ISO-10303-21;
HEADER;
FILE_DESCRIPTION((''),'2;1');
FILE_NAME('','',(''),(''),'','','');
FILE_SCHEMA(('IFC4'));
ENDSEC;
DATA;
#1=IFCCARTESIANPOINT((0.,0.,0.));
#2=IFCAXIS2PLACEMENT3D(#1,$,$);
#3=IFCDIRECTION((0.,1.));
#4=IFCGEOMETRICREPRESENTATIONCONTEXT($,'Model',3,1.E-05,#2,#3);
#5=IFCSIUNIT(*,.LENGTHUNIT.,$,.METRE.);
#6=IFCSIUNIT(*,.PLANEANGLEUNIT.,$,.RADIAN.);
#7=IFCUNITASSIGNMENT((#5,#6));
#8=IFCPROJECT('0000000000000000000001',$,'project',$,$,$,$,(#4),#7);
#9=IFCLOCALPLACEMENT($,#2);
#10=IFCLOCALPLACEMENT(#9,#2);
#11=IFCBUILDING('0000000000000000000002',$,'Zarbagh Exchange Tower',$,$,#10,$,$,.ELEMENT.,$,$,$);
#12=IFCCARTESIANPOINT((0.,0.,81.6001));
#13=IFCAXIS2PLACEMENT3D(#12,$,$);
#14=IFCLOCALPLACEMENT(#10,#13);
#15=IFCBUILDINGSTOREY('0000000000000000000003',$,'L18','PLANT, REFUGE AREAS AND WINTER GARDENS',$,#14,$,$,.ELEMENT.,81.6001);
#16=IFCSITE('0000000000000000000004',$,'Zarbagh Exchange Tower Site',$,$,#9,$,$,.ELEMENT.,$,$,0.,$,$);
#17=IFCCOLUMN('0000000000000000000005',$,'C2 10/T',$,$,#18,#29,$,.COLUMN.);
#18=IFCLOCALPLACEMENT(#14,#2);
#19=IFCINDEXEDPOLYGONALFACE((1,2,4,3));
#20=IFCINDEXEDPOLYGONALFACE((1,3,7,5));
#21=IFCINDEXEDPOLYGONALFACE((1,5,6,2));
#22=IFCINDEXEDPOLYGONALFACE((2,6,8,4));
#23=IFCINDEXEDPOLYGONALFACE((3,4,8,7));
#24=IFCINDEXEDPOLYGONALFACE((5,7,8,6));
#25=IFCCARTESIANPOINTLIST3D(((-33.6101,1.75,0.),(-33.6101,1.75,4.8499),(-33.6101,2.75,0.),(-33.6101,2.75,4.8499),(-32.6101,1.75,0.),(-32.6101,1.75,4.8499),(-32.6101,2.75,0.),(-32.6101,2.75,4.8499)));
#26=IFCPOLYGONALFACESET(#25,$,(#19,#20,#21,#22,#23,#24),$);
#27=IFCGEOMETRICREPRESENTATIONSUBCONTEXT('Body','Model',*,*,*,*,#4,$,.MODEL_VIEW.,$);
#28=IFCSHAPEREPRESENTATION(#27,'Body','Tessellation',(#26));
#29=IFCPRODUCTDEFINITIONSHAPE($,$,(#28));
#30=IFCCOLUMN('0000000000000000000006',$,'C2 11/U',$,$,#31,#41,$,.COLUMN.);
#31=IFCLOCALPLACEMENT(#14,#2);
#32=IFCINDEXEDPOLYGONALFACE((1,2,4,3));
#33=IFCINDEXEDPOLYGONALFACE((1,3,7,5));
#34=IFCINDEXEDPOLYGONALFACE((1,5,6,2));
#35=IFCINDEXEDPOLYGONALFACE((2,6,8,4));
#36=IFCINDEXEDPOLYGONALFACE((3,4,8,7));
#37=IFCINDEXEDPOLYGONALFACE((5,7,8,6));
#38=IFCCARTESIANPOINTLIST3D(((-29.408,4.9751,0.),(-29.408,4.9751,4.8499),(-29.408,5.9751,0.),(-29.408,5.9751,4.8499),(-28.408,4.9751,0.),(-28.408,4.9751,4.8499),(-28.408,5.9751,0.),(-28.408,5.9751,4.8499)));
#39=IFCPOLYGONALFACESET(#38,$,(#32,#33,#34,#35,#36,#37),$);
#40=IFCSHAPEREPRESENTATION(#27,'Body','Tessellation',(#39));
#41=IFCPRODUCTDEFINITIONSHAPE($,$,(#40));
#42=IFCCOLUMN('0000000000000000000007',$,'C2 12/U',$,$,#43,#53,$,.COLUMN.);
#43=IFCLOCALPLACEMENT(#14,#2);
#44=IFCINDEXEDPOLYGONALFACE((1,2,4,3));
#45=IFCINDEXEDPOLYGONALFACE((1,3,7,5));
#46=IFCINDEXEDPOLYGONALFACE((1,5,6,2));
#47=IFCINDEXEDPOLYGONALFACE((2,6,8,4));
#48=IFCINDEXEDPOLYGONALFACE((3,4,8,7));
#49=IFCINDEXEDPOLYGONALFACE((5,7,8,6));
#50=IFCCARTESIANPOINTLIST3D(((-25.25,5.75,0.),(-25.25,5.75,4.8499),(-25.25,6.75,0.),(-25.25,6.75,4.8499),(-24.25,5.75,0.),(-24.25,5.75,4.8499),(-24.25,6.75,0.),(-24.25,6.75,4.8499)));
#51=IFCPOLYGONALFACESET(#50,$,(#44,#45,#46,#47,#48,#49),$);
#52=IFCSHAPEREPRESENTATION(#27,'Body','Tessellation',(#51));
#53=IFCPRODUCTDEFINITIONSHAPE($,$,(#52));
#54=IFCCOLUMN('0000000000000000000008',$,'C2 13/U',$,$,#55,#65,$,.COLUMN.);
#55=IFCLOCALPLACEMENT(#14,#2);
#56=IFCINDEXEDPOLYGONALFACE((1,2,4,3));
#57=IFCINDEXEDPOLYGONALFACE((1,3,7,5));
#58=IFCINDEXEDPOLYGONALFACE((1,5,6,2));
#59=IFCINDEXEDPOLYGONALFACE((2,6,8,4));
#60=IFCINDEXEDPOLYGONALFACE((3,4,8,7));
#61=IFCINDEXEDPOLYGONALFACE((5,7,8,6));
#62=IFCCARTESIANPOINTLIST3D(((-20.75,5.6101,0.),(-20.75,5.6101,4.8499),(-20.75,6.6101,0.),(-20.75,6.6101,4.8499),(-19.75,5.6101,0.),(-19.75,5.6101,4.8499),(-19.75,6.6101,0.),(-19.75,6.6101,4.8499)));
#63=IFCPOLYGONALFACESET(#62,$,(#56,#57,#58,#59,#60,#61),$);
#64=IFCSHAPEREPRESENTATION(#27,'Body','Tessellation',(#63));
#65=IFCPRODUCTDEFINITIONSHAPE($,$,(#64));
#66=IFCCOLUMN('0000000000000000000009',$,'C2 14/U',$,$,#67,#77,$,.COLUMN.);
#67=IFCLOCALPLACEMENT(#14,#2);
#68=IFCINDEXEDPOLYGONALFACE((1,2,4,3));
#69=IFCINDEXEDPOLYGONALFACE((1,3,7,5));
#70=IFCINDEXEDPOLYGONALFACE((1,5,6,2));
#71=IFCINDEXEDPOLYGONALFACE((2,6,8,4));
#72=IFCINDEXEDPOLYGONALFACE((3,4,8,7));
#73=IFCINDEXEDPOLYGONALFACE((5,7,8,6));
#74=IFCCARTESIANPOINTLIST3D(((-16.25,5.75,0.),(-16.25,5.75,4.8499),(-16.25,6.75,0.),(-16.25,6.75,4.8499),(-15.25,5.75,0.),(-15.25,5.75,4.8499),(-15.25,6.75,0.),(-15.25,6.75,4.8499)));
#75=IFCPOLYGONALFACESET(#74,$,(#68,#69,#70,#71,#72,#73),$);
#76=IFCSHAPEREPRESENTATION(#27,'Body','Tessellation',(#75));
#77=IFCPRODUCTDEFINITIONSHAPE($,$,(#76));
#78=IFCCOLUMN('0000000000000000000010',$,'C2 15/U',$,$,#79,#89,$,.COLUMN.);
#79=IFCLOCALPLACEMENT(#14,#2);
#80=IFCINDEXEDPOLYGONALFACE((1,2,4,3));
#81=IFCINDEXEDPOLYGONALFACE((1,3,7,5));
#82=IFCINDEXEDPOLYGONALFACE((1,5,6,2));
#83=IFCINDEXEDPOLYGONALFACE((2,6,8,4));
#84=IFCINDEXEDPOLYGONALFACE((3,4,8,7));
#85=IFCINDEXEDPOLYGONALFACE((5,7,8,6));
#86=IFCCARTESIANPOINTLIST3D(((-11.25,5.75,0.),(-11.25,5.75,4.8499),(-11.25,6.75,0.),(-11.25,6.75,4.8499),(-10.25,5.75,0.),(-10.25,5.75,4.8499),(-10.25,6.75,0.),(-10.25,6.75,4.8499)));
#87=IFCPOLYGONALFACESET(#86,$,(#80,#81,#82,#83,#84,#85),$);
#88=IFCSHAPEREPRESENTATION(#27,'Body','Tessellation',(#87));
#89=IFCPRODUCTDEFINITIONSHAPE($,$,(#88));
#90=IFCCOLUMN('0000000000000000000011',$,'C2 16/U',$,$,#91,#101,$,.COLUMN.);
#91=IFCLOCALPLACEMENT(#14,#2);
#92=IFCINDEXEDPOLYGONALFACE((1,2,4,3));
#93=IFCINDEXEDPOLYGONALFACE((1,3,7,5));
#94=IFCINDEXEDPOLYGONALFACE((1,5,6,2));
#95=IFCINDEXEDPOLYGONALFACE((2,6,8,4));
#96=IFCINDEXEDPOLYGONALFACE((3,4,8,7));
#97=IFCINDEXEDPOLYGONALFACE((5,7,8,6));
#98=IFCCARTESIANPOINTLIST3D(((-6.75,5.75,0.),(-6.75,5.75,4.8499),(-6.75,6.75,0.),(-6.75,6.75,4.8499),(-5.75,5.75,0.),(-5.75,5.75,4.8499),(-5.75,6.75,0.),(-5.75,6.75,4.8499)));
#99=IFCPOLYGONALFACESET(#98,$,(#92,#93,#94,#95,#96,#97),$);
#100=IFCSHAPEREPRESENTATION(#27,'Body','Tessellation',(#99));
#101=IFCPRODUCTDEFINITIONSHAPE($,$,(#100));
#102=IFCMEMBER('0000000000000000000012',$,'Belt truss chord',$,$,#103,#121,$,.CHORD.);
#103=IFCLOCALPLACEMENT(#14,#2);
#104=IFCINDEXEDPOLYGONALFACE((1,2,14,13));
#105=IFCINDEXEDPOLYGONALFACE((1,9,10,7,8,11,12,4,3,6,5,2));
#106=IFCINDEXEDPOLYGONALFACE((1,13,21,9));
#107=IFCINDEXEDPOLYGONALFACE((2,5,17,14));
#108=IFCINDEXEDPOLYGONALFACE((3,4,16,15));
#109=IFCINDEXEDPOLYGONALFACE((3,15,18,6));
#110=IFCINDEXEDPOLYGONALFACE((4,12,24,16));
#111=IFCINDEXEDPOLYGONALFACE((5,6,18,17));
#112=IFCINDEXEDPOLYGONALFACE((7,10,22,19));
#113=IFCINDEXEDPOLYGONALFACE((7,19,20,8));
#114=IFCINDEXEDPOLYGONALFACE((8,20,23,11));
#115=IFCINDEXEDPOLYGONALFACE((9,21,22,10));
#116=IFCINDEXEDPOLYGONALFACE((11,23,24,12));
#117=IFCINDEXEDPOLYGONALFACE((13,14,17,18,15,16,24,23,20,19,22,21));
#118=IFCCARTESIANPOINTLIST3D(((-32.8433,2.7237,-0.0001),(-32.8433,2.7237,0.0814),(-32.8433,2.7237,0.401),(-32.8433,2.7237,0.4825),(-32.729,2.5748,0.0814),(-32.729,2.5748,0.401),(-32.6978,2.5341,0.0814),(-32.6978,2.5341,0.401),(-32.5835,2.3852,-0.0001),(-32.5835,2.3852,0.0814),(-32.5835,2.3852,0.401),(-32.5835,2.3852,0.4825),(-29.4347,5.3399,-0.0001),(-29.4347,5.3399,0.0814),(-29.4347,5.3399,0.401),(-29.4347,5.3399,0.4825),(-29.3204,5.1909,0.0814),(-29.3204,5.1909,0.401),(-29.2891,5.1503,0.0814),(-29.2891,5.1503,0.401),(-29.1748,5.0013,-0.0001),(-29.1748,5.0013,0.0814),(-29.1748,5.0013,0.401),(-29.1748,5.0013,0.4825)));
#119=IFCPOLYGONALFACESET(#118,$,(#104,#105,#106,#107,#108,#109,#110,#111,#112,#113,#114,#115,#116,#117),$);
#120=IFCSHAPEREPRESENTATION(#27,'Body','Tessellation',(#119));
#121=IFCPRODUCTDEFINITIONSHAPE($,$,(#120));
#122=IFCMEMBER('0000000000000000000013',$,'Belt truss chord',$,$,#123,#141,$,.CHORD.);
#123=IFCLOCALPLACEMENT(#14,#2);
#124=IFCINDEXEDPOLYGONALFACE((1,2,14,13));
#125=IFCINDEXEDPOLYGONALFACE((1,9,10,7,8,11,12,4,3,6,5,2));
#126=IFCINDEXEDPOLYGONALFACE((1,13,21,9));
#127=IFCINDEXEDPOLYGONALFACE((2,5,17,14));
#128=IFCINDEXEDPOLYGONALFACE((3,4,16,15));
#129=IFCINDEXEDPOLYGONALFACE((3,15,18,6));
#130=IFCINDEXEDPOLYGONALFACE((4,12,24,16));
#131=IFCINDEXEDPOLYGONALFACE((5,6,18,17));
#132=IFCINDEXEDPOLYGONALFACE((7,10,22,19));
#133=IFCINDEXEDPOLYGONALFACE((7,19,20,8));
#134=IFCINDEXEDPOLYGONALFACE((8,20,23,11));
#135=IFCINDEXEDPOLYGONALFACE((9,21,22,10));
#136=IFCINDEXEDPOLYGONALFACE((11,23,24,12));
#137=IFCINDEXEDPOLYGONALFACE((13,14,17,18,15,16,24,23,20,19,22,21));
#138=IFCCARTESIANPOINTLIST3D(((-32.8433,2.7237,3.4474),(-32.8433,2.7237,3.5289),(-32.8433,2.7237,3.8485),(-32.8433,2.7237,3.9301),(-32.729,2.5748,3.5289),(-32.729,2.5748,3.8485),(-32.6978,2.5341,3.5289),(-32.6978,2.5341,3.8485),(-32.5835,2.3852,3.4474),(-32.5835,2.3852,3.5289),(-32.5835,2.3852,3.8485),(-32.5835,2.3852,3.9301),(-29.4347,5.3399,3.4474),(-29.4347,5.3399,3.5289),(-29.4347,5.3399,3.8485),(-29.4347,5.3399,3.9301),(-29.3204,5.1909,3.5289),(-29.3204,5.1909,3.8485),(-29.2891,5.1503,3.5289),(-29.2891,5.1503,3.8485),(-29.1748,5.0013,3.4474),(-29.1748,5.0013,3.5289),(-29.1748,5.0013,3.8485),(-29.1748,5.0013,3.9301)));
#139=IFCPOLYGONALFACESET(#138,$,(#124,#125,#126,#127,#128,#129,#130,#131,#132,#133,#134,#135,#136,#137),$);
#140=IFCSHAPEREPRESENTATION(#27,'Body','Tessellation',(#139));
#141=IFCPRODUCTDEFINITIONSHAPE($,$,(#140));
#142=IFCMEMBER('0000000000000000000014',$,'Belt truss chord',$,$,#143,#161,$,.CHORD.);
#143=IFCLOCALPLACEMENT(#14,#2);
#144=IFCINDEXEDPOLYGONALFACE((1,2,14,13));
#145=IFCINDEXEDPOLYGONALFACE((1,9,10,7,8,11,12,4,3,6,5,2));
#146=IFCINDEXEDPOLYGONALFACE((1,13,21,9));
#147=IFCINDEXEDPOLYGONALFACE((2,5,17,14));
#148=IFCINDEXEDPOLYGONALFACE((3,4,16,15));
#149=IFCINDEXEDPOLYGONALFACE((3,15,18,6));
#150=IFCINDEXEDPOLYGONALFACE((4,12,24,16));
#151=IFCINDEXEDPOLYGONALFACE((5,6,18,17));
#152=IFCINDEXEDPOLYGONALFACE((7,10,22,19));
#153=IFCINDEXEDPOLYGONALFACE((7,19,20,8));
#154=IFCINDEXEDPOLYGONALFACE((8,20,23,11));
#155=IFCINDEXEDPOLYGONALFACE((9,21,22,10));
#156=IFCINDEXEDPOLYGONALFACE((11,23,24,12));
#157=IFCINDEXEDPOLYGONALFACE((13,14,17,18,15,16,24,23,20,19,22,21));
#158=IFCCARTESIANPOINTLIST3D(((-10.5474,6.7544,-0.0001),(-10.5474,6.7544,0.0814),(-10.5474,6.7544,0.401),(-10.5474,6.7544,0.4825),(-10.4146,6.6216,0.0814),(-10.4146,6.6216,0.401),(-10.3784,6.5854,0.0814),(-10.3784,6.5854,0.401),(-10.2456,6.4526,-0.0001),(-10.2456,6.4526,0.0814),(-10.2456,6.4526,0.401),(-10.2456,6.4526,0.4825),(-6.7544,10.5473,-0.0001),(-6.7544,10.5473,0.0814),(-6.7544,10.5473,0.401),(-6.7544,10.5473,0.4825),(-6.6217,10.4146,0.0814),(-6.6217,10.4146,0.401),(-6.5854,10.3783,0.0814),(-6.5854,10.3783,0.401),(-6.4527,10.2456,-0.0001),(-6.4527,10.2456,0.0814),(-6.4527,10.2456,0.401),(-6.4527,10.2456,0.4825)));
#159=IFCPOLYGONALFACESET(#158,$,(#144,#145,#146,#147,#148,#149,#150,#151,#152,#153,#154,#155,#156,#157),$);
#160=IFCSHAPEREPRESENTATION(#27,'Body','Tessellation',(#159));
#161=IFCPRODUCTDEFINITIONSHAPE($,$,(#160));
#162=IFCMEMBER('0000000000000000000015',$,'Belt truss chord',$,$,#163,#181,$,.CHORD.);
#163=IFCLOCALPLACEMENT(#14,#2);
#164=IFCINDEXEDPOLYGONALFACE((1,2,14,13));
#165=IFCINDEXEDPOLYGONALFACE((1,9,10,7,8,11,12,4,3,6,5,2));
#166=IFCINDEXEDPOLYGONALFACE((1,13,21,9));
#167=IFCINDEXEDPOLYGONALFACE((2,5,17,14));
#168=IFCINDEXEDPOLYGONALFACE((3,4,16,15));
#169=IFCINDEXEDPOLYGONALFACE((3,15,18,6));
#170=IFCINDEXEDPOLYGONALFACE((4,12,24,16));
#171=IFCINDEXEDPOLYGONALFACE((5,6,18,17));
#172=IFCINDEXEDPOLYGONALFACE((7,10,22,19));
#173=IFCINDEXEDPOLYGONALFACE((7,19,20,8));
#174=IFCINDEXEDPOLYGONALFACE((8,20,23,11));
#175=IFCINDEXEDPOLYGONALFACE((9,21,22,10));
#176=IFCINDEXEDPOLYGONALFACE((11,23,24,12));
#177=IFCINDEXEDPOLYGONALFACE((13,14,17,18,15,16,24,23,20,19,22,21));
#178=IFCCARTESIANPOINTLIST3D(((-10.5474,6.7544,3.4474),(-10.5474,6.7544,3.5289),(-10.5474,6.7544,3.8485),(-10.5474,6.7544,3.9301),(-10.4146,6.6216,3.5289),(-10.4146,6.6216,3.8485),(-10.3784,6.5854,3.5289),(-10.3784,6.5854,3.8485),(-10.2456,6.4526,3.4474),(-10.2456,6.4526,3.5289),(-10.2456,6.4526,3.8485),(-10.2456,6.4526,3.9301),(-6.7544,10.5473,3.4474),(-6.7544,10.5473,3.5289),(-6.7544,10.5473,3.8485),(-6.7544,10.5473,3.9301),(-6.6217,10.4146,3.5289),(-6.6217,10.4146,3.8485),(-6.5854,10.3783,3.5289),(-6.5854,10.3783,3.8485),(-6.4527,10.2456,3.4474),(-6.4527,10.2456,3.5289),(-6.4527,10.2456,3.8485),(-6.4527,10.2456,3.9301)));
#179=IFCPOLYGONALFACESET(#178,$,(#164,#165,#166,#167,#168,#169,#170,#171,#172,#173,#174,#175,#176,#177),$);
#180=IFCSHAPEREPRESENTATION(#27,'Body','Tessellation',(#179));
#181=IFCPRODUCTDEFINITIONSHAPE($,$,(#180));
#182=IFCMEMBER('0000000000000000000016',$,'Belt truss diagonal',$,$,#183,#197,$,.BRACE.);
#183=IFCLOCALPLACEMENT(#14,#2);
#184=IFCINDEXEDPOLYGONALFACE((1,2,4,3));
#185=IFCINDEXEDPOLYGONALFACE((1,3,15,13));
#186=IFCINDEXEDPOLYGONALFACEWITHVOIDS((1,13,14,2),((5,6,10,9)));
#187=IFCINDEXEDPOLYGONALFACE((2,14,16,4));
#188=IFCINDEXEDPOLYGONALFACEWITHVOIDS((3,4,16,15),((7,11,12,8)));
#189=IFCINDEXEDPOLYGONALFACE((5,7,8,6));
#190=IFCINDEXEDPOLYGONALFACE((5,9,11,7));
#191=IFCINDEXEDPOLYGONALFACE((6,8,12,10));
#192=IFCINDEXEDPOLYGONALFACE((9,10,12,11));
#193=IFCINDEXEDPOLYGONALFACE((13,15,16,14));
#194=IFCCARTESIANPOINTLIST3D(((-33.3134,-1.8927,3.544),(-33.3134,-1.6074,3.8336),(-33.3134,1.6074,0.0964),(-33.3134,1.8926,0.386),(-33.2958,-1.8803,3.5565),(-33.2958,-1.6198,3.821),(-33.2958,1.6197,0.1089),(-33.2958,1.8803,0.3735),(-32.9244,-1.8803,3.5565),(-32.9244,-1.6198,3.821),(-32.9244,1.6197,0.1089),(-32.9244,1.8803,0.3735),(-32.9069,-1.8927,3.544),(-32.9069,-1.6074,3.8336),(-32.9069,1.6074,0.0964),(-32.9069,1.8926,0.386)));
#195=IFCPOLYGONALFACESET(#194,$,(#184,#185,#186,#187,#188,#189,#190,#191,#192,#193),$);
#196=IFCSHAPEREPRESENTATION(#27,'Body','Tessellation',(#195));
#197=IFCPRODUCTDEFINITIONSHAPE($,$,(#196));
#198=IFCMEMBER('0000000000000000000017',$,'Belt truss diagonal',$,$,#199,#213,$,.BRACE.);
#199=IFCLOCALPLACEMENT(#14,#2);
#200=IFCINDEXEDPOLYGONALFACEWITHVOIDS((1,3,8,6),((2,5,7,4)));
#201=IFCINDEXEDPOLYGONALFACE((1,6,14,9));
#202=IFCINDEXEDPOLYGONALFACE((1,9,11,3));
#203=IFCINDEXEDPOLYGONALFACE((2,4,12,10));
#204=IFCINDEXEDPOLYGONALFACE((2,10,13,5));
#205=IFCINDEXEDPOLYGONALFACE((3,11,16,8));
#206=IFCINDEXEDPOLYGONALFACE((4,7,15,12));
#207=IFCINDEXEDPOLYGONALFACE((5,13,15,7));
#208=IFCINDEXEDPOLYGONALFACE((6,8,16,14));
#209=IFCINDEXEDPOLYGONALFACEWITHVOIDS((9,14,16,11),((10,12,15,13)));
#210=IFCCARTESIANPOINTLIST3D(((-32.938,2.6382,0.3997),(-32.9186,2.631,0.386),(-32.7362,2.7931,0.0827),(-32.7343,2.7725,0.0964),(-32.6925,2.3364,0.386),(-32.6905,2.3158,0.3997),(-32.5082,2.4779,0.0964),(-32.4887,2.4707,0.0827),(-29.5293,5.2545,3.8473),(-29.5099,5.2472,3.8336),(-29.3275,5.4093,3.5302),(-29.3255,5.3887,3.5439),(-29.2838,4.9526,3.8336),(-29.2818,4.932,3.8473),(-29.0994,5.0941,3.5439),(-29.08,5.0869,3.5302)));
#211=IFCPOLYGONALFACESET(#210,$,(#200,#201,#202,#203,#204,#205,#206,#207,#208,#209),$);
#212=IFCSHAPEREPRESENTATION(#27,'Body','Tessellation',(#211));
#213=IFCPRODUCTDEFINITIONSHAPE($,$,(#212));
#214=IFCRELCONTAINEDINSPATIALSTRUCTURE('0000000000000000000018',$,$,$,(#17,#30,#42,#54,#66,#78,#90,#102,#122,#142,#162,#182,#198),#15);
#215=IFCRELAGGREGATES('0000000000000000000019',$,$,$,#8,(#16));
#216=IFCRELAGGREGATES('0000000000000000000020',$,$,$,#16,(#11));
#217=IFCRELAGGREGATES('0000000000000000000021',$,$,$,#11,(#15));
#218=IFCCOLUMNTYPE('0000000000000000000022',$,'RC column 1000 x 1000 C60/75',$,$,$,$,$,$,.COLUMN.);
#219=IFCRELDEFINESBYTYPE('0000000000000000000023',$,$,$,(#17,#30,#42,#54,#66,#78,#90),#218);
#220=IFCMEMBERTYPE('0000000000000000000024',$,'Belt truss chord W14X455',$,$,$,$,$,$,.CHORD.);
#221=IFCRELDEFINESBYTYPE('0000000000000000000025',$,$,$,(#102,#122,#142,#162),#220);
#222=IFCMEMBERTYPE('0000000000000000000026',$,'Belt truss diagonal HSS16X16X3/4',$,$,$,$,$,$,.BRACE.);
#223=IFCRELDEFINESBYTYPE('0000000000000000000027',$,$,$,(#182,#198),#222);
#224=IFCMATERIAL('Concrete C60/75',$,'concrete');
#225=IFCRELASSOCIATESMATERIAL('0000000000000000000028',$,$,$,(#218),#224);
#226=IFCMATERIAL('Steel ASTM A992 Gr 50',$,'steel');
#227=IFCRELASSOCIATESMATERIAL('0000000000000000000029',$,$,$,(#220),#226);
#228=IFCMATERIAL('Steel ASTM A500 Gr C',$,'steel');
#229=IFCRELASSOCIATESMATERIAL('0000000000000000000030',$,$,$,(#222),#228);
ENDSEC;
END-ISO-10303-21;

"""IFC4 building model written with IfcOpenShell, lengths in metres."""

from ifc_helpers import new_model, si_unit, direction, frame, origin, origin_2d, place, context, subcontext, project, spatial, rectangle, hollow_rectangle, i_section, extrude, material, material_profile, profile_set, type_object, element, save


model = new_model("IFC4")

# Units and contexts
model_context = context("Model", 3, precision=1e-05, world=origin(), true_north=direction((0.0, 1.0)))
body_context = subcontext(model_context, "Body", "Model", "MODEL_VIEW")
ifc_project = project(units=[si_unit("LENGTHUNIT", "METRE"), si_unit("PLANEANGLEUNIT", "RADIAN")], contexts=[model_context])

# Site, building, storey
site_placement = place(None, origin())
site = spatial("IfcSite", under=ifc_project, at=site_placement, Name="Zarbagh Exchange Tower Site", CompositionType="ELEMENT", RefElevation=0.0)
building_placement = place(site_placement, origin())
building = spatial("IfcBuilding", under=site, at=building_placement, Name="Zarbagh Exchange Tower", CompositionType="ELEMENT")
storey_placement = place(building_placement, frame((0.0, 0.0, 81.6001)))
storey = spatial("IfcBuildingStorey", under=building, at=storey_placement, Name="L18", Description="PLANT, REFUGE AREAS AND WINTER GARDENS", CompositionType="ELEMENT", Elevation=81.6001)

# Columns
ifc_material_1 = material(Name="Concrete C60/75", Category="concrete")
ifc_material_profile_1 = material_profile(ifc_material_1, rectangle(XDim=1.0, YDim=1.0, at=origin_2d()), Name="RC column 1000 x 1000 C60/75")
ifc_profile_set_1 = profile_set([ifc_material_profile_1], Name="Concrete C60/75")
column_type = type_object("IfcColumnType", Name="RC column 1000 x 1000 C60/75", PredefinedType="COLUMN", material=ifc_profile_set_1)
for number, where, z_axis, x_axis, name in (
    (1, (-33.1101, 2.25, 0.0), (0.0, 0.0, 1.0), (1.0, 0.0, 0.0), "C2 10/T"),
    (2, (-28.908, 5.4751, 0.0), (0.0, 0.0, 1.0), (1.0, 0.0, 0.0), "C2 11/U"),
    (3, (-24.75, 6.25, 0.0), (0.0, 0.0, 1.0), (1.0, 0.0, 0.0), "C2 12/U"),
    (4, (-20.25, 6.1101, 0.0), (0.0, 0.0, 1.0), (1.0, 0.0, 0.0), "C2 13/U"),
    (5, (-15.75, 6.25, 0.0), (0.0, 0.0, 1.0), (1.0, 0.0, 0.0), "C2 14/U"),
    (6, (-10.75, 6.25, 0.0), (0.0, 0.0, 1.0), (1.0, 0.0, 0.0), "C2 15/U"),
    (7, (-6.25, 6.25, 0.0), (0.0, 0.0, 1.0), (1.0, 0.0, 0.0), "C2 16/U"),
):
    element("IfcColumn", number, at=place(storey_placement, frame(where, z_axis=z_axis, x_axis=x_axis)), inside=storey, type_object=column_type, Name=name, PredefinedType="COLUMN", context=body_context, shape_type="SweptSolid", body=[
        extrude(rectangle(XDim=1.0, YDim=1.0, at=origin_2d()), origin(), (0.0, 0.0, 1.0), 4.8499),
    ])

# Members
ifc_material_2 = material(Name="Steel ASTM A992 Gr 50", Category="steel")
ifc_material_profile_2 = material_profile(ifc_material_2, i_section(OverallWidth=0.4268, OverallDepth=0.4827, WebThickness=0.0513, FlangeThickness=0.0815, at=origin_2d()), Name="W14X455")
ifc_profile_set_2 = profile_set([ifc_material_profile_2], Name="Steel ASTM A992 Gr 50")
member_type_1 = type_object("IfcMemberType", Name="Belt truss chord W14X455", PredefinedType="CHORD", material=ifc_profile_set_2)
for number, where, z_axis, x_axis, name in (
    (8, (-32.7134, 2.5544, 0.2412), (0.793283, 0.608854, 0.0), (-0.608854, 0.793283, 0.0), "Belt truss chord"),
    (9, (-32.7134, 2.5544, 3.6887), (0.793283, 0.608854, 0.0), (-0.608854, 0.793283, 0.0), "Belt truss chord"),
):
    element("IfcMember", number, at=place(storey_placement, frame(where, z_axis=z_axis, x_axis=x_axis)), inside=storey, type_object=member_type_1, Name=name, PredefinedType="CHORD", context=body_context, shape_type="SweptSolid", body=[
        extrude(i_section(OverallWidth=0.4268, OverallDepth=0.4827, WebThickness=0.0513, FlangeThickness=0.0815, at=origin_2d()), origin(), (0.0, 0.0, 1.0), 4.2969),
    ])
for number, where, z_axis, x_axis, name in (
    (10, (-10.3965, 6.6035, 0.2412), (0.707107, 0.707107, 0.0), (-0.707107, 0.707107, 0.0), "Belt truss chord"),
    (11, (-10.3965, 6.6035, 3.6887), (0.707107, 0.707107, 0.0), (-0.707107, 0.707107, 0.0), "Belt truss chord"),
):
    element("IfcMember", number, at=place(storey_placement, frame(where, z_axis=z_axis, x_axis=x_axis)), inside=storey, type_object=member_type_1, Name=name, PredefinedType="CHORD", context=body_context, shape_type="SweptSolid", body=[
        extrude(i_section(OverallWidth=0.4268, OverallDepth=0.4827, WebThickness=0.0513, FlangeThickness=0.0815, at=origin_2d()), origin(), (0.0, 0.0, 1.0), 5.364),
    ])
ifc_material_3 = material(Name="Steel ASTM A500 Gr C", Category="steel")
ifc_material_profile_3 = material_profile(ifc_material_3, hollow_rectangle(XDim=0.4065, YDim=0.4065, WallThickness=0.0176, at=origin_2d()), Name="HSS16X16X3/4")
ifc_profile_set_3 = profile_set([ifc_material_profile_3], Name="Steel ASTM A500 Gr C")
member_type_2 = type_object("IfcMemberType", Name="Belt truss diagonal HSS16X16X3/4", PredefinedType="BRACE", material=ifc_profile_set_3)
member_1_placement = place(storey_placement, frame((-33.1101, 1.75, 0.2412), z_axis=(0.0, -0.712429, 0.701744), x_axis=(1.0, 0.0, 0.0)))
element("IfcMember", 12, at=member_1_placement, inside=storey, type_object=member_type_2, Name="Belt truss diagonal", PredefinedType="BRACE", context=body_context, shape_type="SweptSolid", body=[
    extrude(hollow_rectangle(XDim=0.4065, YDim=0.4065, WallThickness=0.0176, at=origin_2d()), origin(), (0.0, 0.0, 1.0), 4.9128),
])
member_2_placement = place(storey_placement, frame((-32.7134, 2.5544, 0.2412), z_axis=(0.61875, 0.474898, 0.625796), x_axis=(-0.608854, 0.793283, 0.0)))
element("IfcMember", 13, at=member_2_placement, inside=storey, type_object=member_type_2, Name="Belt truss diagonal", PredefinedType="BRACE", context=body_context, shape_type="SweptSolid", body=[
    extrude(hollow_rectangle(XDim=0.4065, YDim=0.4065, WallThickness=0.0176, at=origin_2d()), origin(), (0.0, 0.0, 1.0), 5.509),
])

save(model, "model.ifc")
